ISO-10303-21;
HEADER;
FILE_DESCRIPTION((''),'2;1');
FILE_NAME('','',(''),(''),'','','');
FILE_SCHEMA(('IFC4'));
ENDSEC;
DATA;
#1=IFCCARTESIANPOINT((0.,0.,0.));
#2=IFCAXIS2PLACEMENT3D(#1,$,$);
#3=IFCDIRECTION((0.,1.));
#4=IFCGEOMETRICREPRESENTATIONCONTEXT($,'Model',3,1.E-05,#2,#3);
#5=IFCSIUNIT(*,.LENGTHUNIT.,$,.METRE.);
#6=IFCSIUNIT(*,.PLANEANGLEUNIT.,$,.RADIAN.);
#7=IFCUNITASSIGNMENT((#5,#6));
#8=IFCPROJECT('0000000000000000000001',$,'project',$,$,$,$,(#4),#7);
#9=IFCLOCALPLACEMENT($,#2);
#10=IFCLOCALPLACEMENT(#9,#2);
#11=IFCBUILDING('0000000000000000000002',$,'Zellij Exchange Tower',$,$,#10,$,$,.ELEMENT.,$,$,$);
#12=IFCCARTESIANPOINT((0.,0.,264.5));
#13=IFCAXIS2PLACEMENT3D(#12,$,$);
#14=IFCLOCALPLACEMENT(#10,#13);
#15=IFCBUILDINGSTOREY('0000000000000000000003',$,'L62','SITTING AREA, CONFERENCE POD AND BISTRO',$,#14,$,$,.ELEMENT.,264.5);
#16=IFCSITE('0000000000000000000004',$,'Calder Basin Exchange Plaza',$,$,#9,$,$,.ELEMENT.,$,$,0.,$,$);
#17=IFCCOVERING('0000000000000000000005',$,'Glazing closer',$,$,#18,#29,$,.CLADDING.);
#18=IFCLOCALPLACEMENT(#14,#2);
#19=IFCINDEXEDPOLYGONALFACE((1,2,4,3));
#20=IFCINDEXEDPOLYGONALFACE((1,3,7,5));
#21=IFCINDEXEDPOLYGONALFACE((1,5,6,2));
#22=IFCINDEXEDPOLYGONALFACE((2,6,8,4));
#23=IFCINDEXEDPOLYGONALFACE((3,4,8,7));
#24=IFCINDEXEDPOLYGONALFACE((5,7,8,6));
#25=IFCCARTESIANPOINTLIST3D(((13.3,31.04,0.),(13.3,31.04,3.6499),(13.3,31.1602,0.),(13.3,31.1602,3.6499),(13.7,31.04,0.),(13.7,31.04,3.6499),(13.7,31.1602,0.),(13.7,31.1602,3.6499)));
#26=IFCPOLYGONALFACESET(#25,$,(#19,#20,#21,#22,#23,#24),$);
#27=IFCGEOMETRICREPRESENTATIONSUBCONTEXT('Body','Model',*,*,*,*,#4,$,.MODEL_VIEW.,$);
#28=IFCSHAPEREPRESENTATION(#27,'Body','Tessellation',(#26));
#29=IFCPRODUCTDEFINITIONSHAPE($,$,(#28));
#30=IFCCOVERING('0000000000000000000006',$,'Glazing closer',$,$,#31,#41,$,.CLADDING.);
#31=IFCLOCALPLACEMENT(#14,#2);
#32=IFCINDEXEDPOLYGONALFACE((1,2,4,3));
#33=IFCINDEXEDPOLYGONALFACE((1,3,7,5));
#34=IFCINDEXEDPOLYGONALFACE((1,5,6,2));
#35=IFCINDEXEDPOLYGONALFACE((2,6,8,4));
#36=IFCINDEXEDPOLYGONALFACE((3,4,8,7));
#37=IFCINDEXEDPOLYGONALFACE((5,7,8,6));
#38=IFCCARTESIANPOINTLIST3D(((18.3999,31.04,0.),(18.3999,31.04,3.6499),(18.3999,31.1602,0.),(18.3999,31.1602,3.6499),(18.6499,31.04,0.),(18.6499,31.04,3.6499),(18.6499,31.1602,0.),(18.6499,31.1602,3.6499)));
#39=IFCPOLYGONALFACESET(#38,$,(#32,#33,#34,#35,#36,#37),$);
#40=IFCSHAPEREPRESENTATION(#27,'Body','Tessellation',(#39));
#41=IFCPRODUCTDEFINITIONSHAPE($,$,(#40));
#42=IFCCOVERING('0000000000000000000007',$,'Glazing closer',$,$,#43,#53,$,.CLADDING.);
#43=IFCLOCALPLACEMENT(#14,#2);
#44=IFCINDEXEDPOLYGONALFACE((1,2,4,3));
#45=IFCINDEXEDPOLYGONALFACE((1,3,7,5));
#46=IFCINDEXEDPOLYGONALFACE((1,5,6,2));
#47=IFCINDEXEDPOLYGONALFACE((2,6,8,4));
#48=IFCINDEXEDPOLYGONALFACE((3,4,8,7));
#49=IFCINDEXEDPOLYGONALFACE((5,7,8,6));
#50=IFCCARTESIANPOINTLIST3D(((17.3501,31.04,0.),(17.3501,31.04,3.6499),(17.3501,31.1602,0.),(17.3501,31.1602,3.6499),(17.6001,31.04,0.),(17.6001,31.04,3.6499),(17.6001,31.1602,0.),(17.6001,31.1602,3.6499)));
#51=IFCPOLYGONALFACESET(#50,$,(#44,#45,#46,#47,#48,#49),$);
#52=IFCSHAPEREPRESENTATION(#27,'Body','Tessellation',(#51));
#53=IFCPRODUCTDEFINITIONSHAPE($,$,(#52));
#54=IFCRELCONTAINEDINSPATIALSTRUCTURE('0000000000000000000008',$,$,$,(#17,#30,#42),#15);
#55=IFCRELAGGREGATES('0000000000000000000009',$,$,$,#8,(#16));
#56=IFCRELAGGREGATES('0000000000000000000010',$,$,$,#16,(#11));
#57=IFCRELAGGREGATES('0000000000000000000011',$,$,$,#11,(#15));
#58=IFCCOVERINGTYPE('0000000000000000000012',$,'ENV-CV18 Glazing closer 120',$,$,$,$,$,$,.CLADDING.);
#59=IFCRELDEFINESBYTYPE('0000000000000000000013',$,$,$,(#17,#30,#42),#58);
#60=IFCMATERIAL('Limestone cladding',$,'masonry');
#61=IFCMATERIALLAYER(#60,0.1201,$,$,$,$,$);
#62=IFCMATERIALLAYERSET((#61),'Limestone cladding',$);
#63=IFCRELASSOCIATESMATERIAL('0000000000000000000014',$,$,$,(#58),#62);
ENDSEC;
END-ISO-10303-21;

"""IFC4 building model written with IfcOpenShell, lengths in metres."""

from ifc_helpers import new_model, si_unit, direction, frame, origin, origin_2d, place, context, subcontext, project, spatial, rectangle, extrude, material, layer, layer_set, type_object, element, save


model = new_model("IFC4")

# Units and contexts
model_context = context("Model", 3, precision=1e-05, world=origin(), true_north=direction((0.0, 1.0)))
body_context = subcontext(model_context, "Body", "Model", "MODEL_VIEW")
ifc_project = project(units=[si_unit("LENGTHUNIT", "METRE"), si_unit("PLANEANGLEUNIT", "RADIAN")], contexts=[model_context])

# Site, building, storey
site_placement = place(None, origin())
site = spatial("IfcSite", under=ifc_project, at=site_placement, Name="Calder Basin Exchange Plaza", CompositionType="ELEMENT", RefElevation=0.0)
building_placement = place(site_placement, origin())
building = spatial("IfcBuilding", under=site, at=building_placement, Name="Zellij Exchange Tower", CompositionType="ELEMENT")
storey_placement = place(building_placement, frame((0.0, 0.0, 264.5)))
storey = spatial("IfcBuildingStorey", under=building, at=storey_placement, Name="L62", Description="SITTING AREA, CONFERENCE POD AND BISTRO", CompositionType="ELEMENT", Elevation=264.5)

# Coverings
ifc_material_1 = material(Name="Limestone cladding", Category="masonry")
ifc_layer_1 = layer(ifc_material_1, 0.1201)
ifc_layer_set_1 = layer_set([ifc_layer_1], Name="Limestone cladding")
covering_type = type_object("IfcCoveringType", Name="ENV-CV18 Glazing closer 120", PredefinedType="CLADDING", material=ifc_layer_set_1)
covering_placement = place(storey_placement, frame((13.5, 31.1001, 0.0), z_axis=(0.0, 0.0, 1.0), x_axis=(-1.0, 0.0, 0.0)))
element("IfcCovering", 1, at=covering_placement, inside=storey, type_object=covering_type, Name="Glazing closer", PredefinedType="CLADDING", context=body_context, shape_type="SweptSolid", body=[
    extrude(rectangle(XDim=0.3999, YDim=0.1201, at=origin_2d()), origin(), (0.0, 0.0, 1.0), 3.6499),
])
for number, where, z_axis, x_axis, name in (
    (2, (18.5249, 31.1001, 0.0), (0.0, 0.0, 1.0), (-1.0, 0.0, 0.0), "Glazing closer"),
    (3, (17.4751, 31.1001, 0.0), (0.0, 0.0, 1.0), (1.0, 0.0, 0.0), "Glazing closer"),
):
    element("IfcCovering", number, at=place(storey_placement, frame(where, z_axis=z_axis, x_axis=x_axis)), inside=storey, type_object=covering_type, Name=name, PredefinedType="CLADDING", context=body_context, shape_type="SweptSolid", body=[
        extrude(rectangle(XDim=0.25, YDim=0.1201, at=origin_2d()), origin(), (0.0, 0.0, 1.0), 3.6499),
    ])

save(model, "model.ifc")
